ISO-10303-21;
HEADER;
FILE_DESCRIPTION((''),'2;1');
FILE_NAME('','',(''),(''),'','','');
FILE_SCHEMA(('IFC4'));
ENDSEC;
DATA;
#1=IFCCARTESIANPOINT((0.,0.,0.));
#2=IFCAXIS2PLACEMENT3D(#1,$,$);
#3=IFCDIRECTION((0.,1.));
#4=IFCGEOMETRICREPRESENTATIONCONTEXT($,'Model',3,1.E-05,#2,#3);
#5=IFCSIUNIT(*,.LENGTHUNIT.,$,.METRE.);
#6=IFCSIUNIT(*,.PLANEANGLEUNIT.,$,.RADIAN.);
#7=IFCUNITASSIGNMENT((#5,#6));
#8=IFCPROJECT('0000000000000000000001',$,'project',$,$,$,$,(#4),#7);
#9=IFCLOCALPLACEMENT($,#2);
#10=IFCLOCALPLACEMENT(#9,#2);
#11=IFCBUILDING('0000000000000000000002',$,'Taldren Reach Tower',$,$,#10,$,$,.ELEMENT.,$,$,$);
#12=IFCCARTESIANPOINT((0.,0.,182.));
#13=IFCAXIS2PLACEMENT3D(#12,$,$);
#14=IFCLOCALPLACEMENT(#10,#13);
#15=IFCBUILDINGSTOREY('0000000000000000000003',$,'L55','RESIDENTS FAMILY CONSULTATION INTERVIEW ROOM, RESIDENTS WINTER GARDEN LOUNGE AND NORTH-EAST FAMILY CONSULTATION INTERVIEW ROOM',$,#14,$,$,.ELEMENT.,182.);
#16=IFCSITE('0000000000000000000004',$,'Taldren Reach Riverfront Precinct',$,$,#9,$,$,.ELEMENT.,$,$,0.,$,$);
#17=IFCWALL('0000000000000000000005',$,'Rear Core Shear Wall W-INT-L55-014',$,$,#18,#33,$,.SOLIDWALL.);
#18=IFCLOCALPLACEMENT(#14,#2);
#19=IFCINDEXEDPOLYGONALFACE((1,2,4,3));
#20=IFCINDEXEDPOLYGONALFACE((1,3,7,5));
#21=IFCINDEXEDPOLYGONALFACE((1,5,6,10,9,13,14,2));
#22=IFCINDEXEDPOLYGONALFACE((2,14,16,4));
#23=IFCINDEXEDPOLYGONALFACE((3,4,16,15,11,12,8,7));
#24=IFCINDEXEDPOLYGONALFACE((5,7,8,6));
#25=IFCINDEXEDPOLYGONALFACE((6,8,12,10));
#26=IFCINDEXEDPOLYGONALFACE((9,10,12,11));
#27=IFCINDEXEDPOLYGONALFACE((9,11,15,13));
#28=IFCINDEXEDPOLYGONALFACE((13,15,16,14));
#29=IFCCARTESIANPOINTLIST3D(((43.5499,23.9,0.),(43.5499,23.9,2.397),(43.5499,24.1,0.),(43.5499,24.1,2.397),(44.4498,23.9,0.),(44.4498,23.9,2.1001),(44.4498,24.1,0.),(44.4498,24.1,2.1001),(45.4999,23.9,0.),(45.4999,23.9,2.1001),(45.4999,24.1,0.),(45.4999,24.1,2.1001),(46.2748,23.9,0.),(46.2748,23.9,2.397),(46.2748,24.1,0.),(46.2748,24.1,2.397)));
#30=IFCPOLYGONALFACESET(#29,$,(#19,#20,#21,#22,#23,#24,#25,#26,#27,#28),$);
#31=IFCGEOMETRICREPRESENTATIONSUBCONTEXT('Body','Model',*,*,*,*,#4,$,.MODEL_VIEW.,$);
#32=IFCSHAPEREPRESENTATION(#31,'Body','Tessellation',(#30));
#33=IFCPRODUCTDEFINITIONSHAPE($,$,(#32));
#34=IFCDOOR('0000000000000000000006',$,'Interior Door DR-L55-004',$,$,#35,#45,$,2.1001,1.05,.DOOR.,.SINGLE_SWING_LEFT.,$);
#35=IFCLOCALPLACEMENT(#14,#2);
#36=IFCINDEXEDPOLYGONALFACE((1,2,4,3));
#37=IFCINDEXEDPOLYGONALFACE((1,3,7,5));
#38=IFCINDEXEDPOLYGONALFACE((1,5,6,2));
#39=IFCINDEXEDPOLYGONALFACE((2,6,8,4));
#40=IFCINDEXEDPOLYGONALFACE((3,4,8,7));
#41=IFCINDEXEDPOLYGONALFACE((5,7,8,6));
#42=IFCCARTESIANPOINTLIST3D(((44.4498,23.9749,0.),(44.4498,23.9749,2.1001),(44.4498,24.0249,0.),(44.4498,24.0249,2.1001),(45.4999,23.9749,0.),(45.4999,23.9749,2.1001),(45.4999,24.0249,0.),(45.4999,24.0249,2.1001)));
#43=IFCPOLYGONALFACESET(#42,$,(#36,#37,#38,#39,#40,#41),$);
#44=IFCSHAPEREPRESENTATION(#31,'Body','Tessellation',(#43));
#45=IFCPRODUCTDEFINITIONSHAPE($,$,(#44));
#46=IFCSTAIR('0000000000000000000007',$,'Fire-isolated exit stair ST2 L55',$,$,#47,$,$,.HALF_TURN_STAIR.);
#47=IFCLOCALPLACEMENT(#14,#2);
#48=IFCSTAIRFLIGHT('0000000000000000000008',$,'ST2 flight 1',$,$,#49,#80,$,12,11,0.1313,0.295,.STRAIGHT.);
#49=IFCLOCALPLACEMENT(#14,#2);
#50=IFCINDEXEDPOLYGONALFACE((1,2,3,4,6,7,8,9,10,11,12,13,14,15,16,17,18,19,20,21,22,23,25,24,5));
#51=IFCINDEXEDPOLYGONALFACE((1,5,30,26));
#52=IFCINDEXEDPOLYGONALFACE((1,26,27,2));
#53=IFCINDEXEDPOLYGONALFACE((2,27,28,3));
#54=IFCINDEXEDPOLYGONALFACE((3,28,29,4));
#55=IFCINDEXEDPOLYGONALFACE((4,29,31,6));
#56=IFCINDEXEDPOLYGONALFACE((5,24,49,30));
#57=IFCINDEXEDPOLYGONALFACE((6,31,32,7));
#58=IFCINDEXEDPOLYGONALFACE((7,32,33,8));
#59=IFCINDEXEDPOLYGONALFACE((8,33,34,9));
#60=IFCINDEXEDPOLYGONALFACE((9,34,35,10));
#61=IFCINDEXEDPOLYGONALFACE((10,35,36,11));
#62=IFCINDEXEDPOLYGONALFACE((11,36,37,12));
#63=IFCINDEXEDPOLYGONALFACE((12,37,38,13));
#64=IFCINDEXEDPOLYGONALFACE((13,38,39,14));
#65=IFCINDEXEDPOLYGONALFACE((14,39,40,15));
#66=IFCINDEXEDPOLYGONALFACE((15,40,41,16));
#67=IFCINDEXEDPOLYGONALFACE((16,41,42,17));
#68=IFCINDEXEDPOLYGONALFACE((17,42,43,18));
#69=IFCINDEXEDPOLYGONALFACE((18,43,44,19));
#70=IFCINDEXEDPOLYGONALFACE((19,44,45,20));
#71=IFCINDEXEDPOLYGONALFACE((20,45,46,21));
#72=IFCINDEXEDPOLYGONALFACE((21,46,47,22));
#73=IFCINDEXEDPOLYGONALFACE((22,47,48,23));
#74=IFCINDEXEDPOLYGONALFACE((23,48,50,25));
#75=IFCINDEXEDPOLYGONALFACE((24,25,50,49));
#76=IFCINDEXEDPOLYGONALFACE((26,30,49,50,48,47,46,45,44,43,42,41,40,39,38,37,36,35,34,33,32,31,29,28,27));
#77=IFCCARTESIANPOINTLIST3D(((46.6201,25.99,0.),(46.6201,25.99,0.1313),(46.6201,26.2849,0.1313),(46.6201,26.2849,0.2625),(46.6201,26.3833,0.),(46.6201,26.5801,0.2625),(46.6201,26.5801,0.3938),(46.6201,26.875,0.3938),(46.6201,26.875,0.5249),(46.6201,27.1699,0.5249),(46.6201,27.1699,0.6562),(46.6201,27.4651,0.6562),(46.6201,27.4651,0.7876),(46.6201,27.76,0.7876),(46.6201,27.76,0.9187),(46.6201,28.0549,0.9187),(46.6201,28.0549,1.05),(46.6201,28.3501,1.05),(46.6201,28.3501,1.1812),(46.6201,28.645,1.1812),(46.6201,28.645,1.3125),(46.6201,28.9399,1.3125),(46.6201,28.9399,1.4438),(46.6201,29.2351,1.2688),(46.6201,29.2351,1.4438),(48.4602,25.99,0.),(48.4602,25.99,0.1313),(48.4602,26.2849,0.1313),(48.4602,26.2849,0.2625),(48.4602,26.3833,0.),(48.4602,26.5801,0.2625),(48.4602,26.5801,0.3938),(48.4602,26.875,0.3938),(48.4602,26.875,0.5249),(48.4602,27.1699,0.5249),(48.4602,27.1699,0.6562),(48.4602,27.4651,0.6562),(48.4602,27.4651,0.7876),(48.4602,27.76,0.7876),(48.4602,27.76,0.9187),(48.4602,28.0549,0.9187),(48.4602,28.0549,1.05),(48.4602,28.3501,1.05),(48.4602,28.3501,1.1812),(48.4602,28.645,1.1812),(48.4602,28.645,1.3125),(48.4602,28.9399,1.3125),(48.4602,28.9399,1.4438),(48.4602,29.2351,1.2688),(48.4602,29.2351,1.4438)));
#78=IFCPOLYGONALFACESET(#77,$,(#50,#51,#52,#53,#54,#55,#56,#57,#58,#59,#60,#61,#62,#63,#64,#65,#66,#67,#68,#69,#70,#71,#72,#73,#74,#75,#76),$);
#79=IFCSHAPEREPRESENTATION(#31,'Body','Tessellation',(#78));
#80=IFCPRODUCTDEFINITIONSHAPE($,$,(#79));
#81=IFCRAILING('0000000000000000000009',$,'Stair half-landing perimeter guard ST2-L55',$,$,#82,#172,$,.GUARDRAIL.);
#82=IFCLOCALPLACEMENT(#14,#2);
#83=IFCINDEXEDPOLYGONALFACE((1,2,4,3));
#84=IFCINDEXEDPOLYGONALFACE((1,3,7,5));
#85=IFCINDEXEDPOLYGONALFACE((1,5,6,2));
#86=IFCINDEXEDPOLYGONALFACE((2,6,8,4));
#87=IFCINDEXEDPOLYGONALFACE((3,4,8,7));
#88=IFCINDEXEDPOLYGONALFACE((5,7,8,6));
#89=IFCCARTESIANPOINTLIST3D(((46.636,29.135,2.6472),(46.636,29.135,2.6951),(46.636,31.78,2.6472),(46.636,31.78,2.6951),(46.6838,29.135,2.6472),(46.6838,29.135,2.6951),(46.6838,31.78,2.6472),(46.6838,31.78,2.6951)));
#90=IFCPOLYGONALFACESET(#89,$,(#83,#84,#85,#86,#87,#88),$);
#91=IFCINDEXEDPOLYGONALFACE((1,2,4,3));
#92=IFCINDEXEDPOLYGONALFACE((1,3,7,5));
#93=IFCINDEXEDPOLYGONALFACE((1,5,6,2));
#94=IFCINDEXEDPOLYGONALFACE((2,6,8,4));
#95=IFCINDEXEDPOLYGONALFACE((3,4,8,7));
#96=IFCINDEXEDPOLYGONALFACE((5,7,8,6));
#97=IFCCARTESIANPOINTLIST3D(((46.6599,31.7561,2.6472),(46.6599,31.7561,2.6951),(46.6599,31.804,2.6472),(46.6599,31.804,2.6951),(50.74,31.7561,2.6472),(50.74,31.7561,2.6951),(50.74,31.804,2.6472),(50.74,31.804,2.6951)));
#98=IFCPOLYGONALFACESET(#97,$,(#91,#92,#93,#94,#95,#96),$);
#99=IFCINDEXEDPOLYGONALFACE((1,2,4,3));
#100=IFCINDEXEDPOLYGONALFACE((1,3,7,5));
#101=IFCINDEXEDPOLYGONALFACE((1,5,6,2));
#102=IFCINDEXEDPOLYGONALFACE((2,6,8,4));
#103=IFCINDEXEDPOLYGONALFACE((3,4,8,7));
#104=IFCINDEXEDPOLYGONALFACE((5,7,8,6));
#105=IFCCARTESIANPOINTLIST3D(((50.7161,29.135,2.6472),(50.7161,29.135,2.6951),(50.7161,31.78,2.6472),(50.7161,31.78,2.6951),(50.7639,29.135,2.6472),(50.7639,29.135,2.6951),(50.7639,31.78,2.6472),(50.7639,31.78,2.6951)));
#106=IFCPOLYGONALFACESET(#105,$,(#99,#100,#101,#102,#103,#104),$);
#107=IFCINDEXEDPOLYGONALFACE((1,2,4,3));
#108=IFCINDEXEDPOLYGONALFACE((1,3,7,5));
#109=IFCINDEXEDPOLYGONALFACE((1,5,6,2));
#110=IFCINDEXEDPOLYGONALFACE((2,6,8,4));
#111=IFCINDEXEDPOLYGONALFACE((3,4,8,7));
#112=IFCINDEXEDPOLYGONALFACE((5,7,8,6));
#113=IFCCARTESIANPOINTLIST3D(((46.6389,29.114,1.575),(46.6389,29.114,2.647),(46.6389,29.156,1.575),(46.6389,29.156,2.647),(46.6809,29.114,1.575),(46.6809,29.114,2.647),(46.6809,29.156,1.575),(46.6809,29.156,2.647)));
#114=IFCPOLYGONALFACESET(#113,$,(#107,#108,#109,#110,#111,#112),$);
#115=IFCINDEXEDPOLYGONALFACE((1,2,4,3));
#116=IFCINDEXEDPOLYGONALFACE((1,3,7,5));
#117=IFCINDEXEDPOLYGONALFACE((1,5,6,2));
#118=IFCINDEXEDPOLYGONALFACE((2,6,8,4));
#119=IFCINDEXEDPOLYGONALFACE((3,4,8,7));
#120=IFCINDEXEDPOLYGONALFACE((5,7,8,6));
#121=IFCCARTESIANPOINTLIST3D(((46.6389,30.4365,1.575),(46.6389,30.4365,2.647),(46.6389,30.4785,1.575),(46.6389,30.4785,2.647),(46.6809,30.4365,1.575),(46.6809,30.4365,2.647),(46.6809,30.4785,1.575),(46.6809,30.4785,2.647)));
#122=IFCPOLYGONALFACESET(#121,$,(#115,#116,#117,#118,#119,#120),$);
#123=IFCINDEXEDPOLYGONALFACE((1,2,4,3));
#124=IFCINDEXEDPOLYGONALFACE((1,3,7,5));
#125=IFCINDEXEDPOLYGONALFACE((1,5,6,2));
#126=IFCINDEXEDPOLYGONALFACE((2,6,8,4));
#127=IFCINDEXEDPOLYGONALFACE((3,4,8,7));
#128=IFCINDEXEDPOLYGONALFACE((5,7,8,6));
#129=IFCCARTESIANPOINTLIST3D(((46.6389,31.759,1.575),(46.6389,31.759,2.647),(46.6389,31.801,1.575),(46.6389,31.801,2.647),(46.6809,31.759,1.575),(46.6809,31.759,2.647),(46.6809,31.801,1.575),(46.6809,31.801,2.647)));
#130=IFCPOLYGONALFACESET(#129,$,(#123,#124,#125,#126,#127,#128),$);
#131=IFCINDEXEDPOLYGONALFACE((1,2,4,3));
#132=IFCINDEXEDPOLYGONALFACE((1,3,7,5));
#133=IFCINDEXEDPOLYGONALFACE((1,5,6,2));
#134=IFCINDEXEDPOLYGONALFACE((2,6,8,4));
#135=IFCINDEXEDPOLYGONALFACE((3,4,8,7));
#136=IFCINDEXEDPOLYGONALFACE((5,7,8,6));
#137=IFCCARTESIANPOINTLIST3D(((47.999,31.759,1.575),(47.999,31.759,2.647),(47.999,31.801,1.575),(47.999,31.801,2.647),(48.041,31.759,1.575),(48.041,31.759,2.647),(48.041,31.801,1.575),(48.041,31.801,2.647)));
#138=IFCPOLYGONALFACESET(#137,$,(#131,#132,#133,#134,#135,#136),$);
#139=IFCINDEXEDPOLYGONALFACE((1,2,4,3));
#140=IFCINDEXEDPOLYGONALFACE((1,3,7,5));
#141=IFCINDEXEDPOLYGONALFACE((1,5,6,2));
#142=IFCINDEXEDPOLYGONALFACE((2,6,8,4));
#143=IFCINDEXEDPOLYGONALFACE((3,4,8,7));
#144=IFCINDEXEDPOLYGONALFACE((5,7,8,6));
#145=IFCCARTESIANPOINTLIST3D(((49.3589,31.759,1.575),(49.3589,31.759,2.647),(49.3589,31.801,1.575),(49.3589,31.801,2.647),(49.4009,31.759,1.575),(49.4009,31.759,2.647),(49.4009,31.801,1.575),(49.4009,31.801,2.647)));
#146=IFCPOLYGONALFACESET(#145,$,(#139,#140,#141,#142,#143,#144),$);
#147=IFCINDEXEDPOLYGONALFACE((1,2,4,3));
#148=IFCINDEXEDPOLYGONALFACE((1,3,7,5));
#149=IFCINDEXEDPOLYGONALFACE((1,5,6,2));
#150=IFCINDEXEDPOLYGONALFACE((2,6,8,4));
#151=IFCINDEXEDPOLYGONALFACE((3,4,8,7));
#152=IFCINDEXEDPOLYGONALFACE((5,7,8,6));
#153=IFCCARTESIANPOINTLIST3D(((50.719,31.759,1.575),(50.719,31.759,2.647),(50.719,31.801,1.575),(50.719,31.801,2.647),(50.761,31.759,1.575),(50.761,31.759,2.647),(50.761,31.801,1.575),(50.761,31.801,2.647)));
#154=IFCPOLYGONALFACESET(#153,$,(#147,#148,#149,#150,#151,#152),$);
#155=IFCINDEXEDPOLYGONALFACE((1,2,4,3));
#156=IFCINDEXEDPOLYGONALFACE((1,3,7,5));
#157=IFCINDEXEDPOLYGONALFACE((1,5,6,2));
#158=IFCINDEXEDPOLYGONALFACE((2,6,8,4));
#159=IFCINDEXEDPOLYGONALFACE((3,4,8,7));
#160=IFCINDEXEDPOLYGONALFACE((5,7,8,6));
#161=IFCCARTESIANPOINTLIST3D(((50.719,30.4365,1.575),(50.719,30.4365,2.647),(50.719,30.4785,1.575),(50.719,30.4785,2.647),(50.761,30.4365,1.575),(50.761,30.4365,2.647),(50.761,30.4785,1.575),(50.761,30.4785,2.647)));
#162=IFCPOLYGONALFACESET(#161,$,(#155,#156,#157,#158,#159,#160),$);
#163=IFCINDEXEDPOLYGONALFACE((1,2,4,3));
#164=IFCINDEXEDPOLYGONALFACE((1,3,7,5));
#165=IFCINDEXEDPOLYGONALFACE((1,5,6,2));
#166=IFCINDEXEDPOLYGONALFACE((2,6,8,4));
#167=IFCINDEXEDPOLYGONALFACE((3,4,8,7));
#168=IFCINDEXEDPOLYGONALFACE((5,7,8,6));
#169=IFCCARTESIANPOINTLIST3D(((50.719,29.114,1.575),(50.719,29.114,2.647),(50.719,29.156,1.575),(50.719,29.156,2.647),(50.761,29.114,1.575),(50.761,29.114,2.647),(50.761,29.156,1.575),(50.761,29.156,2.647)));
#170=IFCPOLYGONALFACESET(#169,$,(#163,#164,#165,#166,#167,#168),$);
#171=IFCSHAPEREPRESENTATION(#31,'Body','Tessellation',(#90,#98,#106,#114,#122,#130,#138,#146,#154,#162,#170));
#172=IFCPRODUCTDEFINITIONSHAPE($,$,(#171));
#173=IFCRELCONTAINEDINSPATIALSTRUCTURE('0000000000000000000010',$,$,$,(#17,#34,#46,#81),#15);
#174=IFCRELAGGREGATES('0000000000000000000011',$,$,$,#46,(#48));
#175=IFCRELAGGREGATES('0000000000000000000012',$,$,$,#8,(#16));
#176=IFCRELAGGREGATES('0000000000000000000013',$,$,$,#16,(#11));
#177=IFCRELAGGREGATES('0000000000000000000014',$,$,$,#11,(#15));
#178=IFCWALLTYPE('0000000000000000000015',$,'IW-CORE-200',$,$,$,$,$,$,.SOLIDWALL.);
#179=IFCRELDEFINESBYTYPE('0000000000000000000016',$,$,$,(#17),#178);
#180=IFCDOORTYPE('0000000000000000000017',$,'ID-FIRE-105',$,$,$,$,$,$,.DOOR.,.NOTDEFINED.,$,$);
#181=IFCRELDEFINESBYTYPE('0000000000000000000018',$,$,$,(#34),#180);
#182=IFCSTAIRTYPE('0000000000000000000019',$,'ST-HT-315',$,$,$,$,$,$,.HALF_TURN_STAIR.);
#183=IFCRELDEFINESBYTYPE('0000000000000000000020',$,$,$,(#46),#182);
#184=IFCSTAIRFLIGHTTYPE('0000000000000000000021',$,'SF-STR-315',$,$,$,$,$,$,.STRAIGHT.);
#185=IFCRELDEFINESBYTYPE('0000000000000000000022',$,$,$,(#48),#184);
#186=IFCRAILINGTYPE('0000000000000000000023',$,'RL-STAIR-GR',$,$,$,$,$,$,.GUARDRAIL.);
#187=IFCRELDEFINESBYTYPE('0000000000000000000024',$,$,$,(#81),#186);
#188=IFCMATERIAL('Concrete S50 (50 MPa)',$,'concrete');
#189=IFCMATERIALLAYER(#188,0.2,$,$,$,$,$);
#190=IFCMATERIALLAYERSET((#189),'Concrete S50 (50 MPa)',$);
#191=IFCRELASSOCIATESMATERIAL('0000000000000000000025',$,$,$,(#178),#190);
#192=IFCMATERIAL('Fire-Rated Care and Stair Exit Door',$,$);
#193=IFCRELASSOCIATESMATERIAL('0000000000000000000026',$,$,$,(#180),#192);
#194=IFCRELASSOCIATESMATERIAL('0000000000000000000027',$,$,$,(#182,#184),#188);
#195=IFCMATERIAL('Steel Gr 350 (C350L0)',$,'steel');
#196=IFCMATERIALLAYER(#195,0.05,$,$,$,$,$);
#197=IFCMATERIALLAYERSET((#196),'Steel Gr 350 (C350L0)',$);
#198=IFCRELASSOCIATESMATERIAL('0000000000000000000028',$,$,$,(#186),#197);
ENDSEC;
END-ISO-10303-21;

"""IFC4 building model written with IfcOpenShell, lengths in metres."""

from ifc_helpers import new_model, si_unit, direction, frame, frame_2d, origin, origin_2d, place, context, subcontext, project, spatial, polyline, rectangle, outline, extrude, source, transform, mapped, material, layer, layer_set, type_object, element, fill, aggregate, save


model = new_model("IFC4")

# Units and contexts
model_context = context("Model", 3, precision=1e-05, world=origin(), true_north=direction((0.0, 1.0)))
body_context = subcontext(model_context, "Body", "Model", "MODEL_VIEW")
ifc_project = project(units=[si_unit("LENGTHUNIT", "METRE"), si_unit("PLANEANGLEUNIT", "RADIAN")], contexts=[model_context])

# Site, building, storey
site_placement = place(None, origin())
site = spatial("IfcSite", under=ifc_project, at=site_placement, Name="Taldren Reach Riverfront Precinct", CompositionType="ELEMENT", RefElevation=0.0)
building_placement = place(site_placement, origin())
building = spatial("IfcBuilding", under=site, at=building_placement, Name="Taldren Reach Tower", CompositionType="ELEMENT")
storey_placement = place(building_placement, frame((0.0, 0.0, 182.0)))
storey = spatial("IfcBuildingStorey", under=building, at=storey_placement, Name="L55", Description="RESIDENTS FAMILY CONSULTATION INTERVIEW ROOM, RESIDENTS WINTER GARDEN LOUNGE AND NORTH-EAST FAMILY CONSULTATION INTERVIEW ROOM", CompositionType="ELEMENT", Elevation=182.0)

# Shared definitions
ifc_material_1 = material(Name="Steel Gr 350 (C350L0)", Category="steel")

# Shared definitions
ifc_material_2 = material(Name="Concrete S50 (50 MPa)", Category="concrete")
ifc_layer_1 = layer(ifc_material_2, 0.2)
ifc_layer_set_1 = layer_set([ifc_layer_1], Name="Concrete S50 (50 MPa)")
wall_type_1 = type_object("IfcWallType", Name="IW-CORE-200", PredefinedType="SOLIDWALL", material=ifc_layer_set_1)
shared_shape_1 = source(origin(), body_context, "Body", "SweptSolid", [
    extrude(rectangle(XDim=1.05, YDim=2.1001, at=frame_2d((0.5249, 1.05))), frame((0.0, 0.1099, 0.0), z_axis=(0.0, -1.0, 0.0), x_axis=(1.0, 0.0, 0.0)), (0.0, 0.0, 1.0), 0.22),
])
ifc_material_3 = material(Name="Fire-Rated Care and Stair Exit Door")
door_type_1 = type_object("IfcDoorType", Name="ID-FIRE-105", OperationType="NOTDEFINED", PredefinedType="DOOR", material=ifc_material_3)
shared_shape_2 = source(origin(), body_context, "Body", "SweptSolid", [
    extrude(rectangle(XDim=1.05, YDim=2.1001, at=frame_2d((0.5249, 1.05))), frame((0.0, 0.0249, 0.0), z_axis=(0.0, -1.0, 0.0), x_axis=(1.0, 0.0, 0.0)), (0.0, 0.0, 1.0), 0.05),
])

# Wall, opening, door
shared_shape_3 = source(origin(), body_context, "Body", "SweptSolid", [
    extrude(rectangle(XDim=2.7249, YDim=0.2, at=frame_2d((1.3623, 0.0))), origin(), (0.0, 0.0, 1.0), 2.397),
])
wall_1_placement = place(storey_placement, frame((43.55, 24.0, 0.0), z_axis=(0.0, 0.0, 1.0), x_axis=(1.0, 0.0, 0.0)))
wall_1 = element("IfcWall", 1, at=wall_1_placement, inside=storey, type_object=wall_type_1, Name="Rear Core Shear Wall W-INT-L55-014", PredefinedType="SOLIDWALL", context=body_context, shape_type="MappedRepresentation", body=[
    mapped(shared_shape_3, transform((0.0, 0.0, 0.0), scale=1.0)),
])
opening_1_placement = place(wall_1_placement, frame((0.8999, 0.0, 0.0)))
opening_1 = element("IfcOpeningElement", 2, at=opening_1_placement, cuts=wall_1, PredefinedType="OPENING", context=body_context, shape_type="MappedRepresentation", body=[
    mapped(shared_shape_1, transform((0.0, 0.0, 0.0), scale=1.0)),
])
door_1_placement = place(opening_1_placement, origin())
door_1 = element("IfcDoor", 3, at=door_1_placement, inside=storey, type_object=door_type_1, Name="Interior Door DR-L55-004", OperationType="SINGLE_SWING_LEFT", OverallHeight=2.1001, OverallWidth=1.05, PredefinedType="DOOR", context=body_context, shape_type="MappedRepresentation", body=[
    mapped(shared_shape_2, transform((0.0, 0.0, 0.0), scale=1.0)),
])
fill(opening_1, door_1)

# Stair, stair flight
stair_type = type_object("IfcStairType", Name="ST-HT-315", PredefinedType="HALF_TURN_STAIR", material=ifc_material_2)
stair_placement = place(storey_placement, origin())
stair = element("IfcStair", 4, at=stair_placement, inside=storey, type_object=stair_type, Name="Fire-isolated exit stair ST2 L55", PredefinedType="HALF_TURN_STAIR")
stair_flight_type = type_object("IfcStairFlightType", Name="SF-STR-315", PredefinedType="STRAIGHT", material=ifc_material_2)
stair_flight_placement = place(storey_placement, frame((47.54, 25.99, 0.0), z_axis=(0.0, 0.0, 1.0), x_axis=(0.0, 1.0, 0.0)))
stair_flight = element("IfcStairFlight", 5, at=stair_flight_placement, type_object=stair_flight_type, Name="ST2 flight 1", NumberOfRisers=12, NumberOfTreads=11, PredefinedType="STRAIGHT", RiserHeight=0.1313, TreadLength=0.295, context=body_context, shape_type="SweptSolid", body=[
    extrude(outline(polyline([(0.0, 0.0), (0.0, 0.1313), (0.2949, 0.1313), (0.2949, 0.2625), (0.5901, 0.2625), (0.5901, 0.3938), (0.885, 0.3938), (0.885, 0.5249), (1.1799, 0.5249), (1.1799, 0.6562), (1.4751, 0.6562), (1.4751, 0.7876), (1.77, 0.7876), (1.77, 0.9187), (2.0649, 0.9187), (2.0649, 1.05), (2.3601, 1.05), (2.3601, 1.1812), (2.655, 1.1812), (2.655, 1.3125), (2.95, 1.3125), (2.95, 1.4438), (3.2451, 1.4438), (3.2451, 1.575), (3.2451, 1.2688), (0.3933, 0.0), (0.0, 0.0)])), frame((0.0, 0.9199, 0.0), z_axis=(0.0, -1.0, 0.0), x_axis=(1.0, 0.0, 0.0)), (0.0, 0.0, 1.0), 1.8401),
])
aggregate(stair, [stair_flight])

# Railing
ifc_layer_2 = layer(ifc_material_1, 0.05)
ifc_layer_set_2 = layer_set([ifc_layer_2], Name="Steel Gr 350 (C350L0)")
railing_type_1 = type_object("IfcRailingType", Name="RL-STAIR-GR", PredefinedType="GUARDRAIL", material=ifc_layer_set_2)
railing_1_placement = place(storey_placement, frame((46.6599, 29.135, 1.575)))
element("IfcRailing", 6, at=railing_1_placement, inside=storey, type_object=railing_type_1, Name="Stair half-landing perimeter guard ST2-L55", PredefinedType="GUARDRAIL", context=body_context, shape_type="SweptSolid", body=[
    extrude(rectangle(XDim=0.0479, YDim=0.0479, at=origin_2d()), frame((0.0, 0.0, 1.0962), z_axis=(0.0, 1.0, 0.0), x_axis=(-1.0, 0.0, 0.0)), (0.0, 0.0, 1.0), 2.645),
    extrude(rectangle(XDim=0.0479, YDim=0.0479, at=origin_2d()), frame((0.0, 2.645, 1.0962), z_axis=(1.0, 0.0, 0.0), x_axis=(0.0, 1.0, 0.0)), (0.0, 0.0, 1.0), 4.0801),
    extrude(rectangle(XDim=0.0479, YDim=0.0479, at=origin_2d()), frame((4.0801, 2.645, 1.0962), z_axis=(0.0, -1.0, 0.0), x_axis=(1.0, 0.0, 0.0)), (0.0, 0.0, 1.0), 2.645),
    extrude(rectangle(XDim=0.042, YDim=0.042, at=origin_2d()), origin(), (0.0, 0.0, 1.0), 1.072),
    extrude(rectangle(XDim=0.042, YDim=0.042, at=origin_2d()), frame((0.0, 1.3225, 0.0)), (0.0, 0.0, 1.0), 1.072),
    extrude(rectangle(XDim=0.042, YDim=0.042, at=origin_2d()), frame((0.0, 2.645, 0.0)), (0.0, 0.0, 1.0), 1.072),
    extrude(rectangle(XDim=0.042, YDim=0.042, at=origin_2d()), frame((1.3601, 2.645, 0.0)), (0.0, 0.0, 1.0), 1.072),
    extrude(rectangle(XDim=0.042, YDim=0.042, at=origin_2d()), frame((2.72, 2.645, 0.0)), (0.0, 0.0, 1.0), 1.072),
    extrude(rectangle(XDim=0.042, YDim=0.042, at=origin_2d()), frame((4.0801, 2.645, 0.0)), (0.0, 0.0, 1.0), 1.072),
    extrude(rectangle(XDim=0.042, YDim=0.042, at=origin_2d()), frame((4.0801, 1.3225, 0.0)), (0.0, 0.0, 1.0), 1.072),
    extrude(rectangle(XDim=0.042, YDim=0.042, at=origin_2d()), frame((4.0801, 0.0, 0.0)), (0.0, 0.0, 1.0), 1.072),
])

save(model, "model.ifc")
